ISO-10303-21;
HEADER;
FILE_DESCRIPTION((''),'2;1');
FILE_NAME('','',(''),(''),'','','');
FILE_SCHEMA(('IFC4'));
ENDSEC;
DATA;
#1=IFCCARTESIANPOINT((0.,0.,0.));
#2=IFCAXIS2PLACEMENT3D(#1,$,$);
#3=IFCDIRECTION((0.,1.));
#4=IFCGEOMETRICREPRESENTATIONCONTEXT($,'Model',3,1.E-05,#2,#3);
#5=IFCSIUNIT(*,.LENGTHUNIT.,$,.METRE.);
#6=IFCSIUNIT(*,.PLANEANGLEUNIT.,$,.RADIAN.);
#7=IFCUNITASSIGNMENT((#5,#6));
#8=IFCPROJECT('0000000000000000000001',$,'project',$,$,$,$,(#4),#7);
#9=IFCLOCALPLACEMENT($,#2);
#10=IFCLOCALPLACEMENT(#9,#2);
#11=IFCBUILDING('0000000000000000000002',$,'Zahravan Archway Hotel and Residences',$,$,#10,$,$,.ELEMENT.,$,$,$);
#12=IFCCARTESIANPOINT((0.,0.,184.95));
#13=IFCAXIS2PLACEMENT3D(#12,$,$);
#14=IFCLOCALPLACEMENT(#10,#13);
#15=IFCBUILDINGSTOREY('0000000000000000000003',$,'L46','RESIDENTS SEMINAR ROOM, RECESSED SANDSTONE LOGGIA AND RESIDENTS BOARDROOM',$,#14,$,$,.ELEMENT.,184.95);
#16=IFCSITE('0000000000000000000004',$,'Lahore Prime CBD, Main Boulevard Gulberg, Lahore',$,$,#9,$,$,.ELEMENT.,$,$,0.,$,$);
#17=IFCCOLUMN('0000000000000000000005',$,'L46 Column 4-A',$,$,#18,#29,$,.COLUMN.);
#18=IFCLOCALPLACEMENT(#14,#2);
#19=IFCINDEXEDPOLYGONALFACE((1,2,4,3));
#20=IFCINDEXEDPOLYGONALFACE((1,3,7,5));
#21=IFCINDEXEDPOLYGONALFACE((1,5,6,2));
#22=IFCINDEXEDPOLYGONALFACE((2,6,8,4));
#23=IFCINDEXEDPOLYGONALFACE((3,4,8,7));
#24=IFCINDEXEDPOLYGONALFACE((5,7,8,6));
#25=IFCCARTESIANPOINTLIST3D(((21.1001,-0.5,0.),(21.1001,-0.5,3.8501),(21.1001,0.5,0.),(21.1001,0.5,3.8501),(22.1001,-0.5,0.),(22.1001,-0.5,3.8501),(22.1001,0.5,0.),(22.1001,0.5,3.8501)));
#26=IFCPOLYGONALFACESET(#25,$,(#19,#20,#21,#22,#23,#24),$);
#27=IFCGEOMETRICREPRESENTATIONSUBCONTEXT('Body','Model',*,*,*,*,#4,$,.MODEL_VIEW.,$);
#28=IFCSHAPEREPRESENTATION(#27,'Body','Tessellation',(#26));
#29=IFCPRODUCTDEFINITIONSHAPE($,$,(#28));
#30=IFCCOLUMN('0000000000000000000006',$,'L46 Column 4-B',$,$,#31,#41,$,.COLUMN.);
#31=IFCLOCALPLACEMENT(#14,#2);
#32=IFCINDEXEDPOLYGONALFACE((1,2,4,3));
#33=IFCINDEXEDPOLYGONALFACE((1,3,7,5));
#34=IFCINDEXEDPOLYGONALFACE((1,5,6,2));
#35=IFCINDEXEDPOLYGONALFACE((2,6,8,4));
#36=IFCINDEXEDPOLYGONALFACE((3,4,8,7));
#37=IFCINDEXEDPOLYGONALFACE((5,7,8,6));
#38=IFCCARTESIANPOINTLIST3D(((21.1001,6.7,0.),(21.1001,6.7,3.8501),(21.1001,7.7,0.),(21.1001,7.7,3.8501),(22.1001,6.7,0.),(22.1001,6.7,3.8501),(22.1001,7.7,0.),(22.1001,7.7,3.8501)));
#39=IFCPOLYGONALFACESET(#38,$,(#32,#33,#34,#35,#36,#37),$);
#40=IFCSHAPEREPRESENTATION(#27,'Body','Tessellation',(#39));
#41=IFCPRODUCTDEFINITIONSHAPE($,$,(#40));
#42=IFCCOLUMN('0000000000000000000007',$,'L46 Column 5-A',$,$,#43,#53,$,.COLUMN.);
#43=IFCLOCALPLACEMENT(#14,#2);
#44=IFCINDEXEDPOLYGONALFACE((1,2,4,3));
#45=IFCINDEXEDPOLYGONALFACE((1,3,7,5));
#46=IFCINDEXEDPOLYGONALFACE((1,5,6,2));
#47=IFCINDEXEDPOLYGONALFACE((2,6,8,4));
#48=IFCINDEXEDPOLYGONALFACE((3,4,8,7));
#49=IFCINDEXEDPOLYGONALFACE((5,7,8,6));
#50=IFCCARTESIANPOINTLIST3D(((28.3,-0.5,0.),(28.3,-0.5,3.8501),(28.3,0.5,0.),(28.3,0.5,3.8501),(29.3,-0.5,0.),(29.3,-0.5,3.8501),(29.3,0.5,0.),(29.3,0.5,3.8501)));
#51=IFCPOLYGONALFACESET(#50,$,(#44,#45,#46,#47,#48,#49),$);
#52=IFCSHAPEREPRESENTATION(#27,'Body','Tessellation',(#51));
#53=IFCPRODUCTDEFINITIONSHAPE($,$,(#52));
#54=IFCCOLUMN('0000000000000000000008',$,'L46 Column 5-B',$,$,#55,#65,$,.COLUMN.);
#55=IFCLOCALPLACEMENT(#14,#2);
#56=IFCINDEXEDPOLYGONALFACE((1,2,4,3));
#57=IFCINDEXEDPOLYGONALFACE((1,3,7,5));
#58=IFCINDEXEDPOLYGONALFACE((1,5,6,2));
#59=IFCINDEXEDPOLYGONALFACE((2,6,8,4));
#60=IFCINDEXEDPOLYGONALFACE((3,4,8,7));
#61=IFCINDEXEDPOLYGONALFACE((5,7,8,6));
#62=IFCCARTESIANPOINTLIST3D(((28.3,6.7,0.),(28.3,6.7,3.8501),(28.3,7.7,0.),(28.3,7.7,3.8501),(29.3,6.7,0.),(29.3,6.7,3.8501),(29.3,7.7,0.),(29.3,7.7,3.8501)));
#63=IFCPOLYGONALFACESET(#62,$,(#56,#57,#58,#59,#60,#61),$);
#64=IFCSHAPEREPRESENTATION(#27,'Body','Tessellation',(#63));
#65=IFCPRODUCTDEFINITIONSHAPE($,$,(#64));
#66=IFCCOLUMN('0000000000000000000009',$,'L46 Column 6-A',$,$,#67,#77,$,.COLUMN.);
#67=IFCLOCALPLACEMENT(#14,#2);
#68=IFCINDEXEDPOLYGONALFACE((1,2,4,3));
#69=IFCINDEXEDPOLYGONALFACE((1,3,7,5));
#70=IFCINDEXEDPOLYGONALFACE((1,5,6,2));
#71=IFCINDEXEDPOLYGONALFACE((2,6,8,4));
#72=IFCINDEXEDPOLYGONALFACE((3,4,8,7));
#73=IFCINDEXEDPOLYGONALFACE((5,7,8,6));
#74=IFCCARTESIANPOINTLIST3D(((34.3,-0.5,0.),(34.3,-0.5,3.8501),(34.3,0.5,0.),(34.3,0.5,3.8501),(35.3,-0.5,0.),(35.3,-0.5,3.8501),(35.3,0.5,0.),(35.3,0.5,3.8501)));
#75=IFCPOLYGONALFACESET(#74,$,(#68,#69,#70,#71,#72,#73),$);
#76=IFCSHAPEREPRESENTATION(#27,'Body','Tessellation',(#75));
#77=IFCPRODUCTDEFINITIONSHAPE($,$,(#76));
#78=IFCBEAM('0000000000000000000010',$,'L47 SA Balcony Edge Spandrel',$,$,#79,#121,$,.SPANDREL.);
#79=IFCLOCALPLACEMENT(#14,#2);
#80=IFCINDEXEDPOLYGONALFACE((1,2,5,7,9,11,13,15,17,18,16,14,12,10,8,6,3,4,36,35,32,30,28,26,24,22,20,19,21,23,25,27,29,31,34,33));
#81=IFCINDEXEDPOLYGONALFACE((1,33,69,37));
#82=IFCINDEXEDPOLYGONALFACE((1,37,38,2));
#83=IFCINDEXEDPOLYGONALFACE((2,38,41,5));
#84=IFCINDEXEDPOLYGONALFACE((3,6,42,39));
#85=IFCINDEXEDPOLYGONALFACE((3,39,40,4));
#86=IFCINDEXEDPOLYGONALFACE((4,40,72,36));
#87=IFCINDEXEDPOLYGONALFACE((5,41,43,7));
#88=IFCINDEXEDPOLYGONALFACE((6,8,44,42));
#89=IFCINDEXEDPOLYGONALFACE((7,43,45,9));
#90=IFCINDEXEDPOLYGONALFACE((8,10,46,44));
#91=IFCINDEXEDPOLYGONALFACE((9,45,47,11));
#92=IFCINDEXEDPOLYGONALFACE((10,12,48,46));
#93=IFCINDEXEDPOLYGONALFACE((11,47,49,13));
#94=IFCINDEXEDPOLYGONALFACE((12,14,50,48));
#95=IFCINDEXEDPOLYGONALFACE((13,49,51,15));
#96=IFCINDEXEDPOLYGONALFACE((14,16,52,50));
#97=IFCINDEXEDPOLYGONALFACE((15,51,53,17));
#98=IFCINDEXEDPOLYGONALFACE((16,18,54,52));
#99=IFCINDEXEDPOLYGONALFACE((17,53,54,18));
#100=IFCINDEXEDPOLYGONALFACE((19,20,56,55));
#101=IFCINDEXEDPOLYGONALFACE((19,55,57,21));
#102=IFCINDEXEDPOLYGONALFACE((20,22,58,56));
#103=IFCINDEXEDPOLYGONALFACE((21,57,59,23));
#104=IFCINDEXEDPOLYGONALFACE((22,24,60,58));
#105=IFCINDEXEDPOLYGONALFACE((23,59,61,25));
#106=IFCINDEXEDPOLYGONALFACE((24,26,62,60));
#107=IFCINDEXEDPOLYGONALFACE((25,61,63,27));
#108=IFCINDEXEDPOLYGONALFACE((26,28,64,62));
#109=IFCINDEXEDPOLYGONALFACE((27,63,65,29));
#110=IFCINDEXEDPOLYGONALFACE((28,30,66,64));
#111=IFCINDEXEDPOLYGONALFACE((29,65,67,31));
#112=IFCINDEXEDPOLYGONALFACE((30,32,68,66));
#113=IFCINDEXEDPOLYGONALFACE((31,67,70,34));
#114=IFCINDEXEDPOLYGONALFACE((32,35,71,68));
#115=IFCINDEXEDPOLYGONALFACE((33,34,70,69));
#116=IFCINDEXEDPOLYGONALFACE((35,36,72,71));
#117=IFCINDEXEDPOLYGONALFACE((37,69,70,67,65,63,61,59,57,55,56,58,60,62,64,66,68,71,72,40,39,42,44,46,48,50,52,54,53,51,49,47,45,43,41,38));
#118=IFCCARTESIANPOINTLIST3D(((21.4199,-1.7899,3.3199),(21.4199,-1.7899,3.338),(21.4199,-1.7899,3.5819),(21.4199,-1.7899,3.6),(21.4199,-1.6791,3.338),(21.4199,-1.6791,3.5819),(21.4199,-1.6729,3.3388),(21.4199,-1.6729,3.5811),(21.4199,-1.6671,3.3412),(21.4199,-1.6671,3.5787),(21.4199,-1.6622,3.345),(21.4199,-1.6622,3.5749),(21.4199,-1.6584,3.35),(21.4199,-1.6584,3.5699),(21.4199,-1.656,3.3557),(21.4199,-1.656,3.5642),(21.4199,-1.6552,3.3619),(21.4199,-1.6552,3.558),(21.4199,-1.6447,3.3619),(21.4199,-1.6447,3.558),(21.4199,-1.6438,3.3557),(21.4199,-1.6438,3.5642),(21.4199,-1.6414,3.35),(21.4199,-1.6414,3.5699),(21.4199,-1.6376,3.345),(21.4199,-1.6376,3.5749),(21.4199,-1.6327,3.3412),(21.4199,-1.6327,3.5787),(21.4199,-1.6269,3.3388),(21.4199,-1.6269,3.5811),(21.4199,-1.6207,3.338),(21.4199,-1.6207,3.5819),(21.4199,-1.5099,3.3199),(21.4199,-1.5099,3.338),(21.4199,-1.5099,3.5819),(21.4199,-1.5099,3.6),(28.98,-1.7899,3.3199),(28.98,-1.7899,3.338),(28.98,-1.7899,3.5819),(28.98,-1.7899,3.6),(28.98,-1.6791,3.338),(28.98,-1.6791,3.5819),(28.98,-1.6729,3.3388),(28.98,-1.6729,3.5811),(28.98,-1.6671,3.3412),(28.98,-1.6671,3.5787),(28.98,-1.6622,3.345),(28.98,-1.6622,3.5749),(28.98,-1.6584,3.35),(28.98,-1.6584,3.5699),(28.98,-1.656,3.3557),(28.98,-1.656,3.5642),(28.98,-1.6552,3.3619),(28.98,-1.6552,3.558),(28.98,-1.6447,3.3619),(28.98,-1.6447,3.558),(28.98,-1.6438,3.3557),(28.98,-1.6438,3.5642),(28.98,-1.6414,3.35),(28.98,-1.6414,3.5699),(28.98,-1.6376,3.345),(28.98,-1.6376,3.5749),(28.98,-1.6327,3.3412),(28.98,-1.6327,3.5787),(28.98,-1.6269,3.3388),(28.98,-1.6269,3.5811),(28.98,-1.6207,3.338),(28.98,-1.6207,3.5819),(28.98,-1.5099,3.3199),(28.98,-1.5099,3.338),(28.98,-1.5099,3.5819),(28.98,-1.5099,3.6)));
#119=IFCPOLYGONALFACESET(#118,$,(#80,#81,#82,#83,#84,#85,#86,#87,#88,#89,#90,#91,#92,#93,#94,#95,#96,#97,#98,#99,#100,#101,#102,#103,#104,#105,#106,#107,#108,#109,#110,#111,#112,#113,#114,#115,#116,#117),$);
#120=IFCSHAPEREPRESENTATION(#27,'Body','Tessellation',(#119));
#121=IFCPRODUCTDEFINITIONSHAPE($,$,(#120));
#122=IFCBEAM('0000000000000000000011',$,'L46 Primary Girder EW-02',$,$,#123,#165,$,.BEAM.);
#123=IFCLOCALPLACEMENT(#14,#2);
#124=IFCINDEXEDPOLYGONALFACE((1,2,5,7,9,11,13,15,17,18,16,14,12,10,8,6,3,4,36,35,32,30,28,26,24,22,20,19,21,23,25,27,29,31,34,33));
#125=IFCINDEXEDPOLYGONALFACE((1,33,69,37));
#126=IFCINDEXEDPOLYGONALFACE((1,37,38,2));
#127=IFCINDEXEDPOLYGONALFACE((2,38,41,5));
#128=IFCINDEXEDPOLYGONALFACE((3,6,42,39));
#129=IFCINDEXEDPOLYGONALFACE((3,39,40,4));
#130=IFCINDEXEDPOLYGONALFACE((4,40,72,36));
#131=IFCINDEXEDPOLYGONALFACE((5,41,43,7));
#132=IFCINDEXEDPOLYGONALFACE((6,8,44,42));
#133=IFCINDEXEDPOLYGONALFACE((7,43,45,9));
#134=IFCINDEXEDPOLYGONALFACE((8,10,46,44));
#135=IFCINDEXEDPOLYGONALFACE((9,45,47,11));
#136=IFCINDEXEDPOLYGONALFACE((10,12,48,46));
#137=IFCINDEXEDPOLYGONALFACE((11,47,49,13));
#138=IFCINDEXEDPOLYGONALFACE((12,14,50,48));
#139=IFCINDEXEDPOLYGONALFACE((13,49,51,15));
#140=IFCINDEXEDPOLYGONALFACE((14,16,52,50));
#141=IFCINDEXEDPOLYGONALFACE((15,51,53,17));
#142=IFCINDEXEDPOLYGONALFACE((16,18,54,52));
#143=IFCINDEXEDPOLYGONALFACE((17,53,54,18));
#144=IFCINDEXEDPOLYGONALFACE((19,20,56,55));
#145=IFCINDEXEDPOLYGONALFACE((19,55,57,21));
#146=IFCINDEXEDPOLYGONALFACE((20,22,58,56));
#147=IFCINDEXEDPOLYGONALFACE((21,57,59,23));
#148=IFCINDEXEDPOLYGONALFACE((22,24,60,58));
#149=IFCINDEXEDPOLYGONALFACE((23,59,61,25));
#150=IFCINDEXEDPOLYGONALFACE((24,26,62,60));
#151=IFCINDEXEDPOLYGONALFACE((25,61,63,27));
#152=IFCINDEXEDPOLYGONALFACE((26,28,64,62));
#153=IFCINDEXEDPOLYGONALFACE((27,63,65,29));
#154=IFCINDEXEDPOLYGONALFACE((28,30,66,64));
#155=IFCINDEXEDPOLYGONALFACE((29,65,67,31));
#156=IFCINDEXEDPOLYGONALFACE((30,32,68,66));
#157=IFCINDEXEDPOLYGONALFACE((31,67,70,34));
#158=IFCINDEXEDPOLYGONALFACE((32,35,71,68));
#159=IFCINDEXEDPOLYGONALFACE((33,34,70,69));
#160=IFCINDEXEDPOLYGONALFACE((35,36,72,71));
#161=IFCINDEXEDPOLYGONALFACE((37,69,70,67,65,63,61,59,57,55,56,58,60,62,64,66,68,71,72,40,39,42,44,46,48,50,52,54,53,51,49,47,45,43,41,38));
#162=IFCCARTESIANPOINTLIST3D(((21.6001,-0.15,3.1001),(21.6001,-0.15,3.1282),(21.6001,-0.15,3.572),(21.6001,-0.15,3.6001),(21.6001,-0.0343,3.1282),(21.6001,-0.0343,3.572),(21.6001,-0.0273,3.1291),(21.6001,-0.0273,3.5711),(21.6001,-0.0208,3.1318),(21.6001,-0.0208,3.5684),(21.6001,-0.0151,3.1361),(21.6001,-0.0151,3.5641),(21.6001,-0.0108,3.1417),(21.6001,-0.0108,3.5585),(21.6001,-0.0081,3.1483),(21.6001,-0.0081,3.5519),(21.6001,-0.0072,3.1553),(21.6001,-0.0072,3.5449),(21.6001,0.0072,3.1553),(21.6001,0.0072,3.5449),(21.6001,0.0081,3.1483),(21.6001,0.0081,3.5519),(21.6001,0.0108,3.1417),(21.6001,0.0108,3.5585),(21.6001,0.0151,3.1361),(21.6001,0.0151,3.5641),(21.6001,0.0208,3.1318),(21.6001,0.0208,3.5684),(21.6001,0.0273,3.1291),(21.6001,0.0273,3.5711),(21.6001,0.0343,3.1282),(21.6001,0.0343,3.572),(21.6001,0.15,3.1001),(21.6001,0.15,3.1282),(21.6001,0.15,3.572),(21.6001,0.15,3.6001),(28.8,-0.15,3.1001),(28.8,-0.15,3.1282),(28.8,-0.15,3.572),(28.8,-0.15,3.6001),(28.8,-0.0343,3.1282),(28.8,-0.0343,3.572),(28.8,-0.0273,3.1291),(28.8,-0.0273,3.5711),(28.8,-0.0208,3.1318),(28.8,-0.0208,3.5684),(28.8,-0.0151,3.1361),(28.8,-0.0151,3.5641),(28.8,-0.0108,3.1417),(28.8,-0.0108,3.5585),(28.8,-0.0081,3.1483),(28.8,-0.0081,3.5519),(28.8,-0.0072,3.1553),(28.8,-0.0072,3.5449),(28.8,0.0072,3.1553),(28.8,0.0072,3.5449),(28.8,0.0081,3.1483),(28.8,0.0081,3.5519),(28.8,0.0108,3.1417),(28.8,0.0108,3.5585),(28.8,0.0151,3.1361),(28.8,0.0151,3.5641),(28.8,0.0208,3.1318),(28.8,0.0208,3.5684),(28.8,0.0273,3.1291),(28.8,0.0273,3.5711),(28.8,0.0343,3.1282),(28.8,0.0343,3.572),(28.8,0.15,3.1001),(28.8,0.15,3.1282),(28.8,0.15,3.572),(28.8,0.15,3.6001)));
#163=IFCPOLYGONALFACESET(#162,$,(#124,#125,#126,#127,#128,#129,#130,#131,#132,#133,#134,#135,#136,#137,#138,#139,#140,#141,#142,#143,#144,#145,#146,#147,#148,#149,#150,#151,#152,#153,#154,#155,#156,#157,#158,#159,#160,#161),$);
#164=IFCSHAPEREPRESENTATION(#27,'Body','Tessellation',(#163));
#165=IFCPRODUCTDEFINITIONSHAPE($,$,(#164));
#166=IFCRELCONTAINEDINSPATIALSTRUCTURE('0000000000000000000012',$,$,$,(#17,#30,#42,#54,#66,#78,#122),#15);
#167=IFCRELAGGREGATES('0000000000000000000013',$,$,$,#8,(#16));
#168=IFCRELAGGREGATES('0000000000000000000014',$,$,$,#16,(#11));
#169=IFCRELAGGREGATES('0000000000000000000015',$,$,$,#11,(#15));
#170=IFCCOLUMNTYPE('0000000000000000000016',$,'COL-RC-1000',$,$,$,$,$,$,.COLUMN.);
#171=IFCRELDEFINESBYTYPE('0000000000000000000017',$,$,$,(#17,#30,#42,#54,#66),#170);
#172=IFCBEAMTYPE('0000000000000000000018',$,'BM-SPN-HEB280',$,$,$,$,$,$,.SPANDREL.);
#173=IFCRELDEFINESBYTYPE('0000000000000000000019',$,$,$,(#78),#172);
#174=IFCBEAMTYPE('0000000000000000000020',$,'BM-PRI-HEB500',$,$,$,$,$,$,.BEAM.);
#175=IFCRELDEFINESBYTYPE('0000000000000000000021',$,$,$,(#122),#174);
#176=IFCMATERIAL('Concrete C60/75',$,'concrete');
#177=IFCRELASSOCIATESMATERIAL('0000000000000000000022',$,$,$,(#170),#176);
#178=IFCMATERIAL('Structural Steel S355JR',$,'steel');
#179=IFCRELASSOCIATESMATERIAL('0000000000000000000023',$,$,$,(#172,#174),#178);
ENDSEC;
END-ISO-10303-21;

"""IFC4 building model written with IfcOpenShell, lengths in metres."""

from ifc_helpers import new_model, si_unit, direction, frame, origin, origin_2d, place, context, subcontext, project, spatial, rectangle, i_section, extrude, source, transform, mapped, material, material_profile, profile_set, type_object, type_shapes, element, save


model = new_model("IFC4")

# Units and contexts
model_context = context("Model", 3, precision=1e-05, world=origin(), true_north=direction((0.0, 1.0)))
body_context = subcontext(model_context, "Body", "Model", "MODEL_VIEW")
ifc_project = project(units=[si_unit("LENGTHUNIT", "METRE"), si_unit("PLANEANGLEUNIT", "RADIAN")], contexts=[model_context])

# Site, building, storey
site_placement = place(None, origin())
site = spatial("IfcSite", under=ifc_project, at=site_placement, Name="Lahore Prime CBD, Main Boulevard Gulberg, Lahore", CompositionType="ELEMENT", RefElevation=0.0)
building_placement = place(site_placement, origin())
building = spatial("IfcBuilding", under=site, at=building_placement, Name="Zahravan Archway Hotel and Residences", CompositionType="ELEMENT")
storey_placement = place(building_placement, frame((0.0, 0.0, 184.95)))
storey = spatial("IfcBuildingStorey", under=building, at=storey_placement, Name="L46", Description="RESIDENTS SEMINAR ROOM, RECESSED SANDSTONE LOGGIA AND RESIDENTS BOARDROOM", CompositionType="ELEMENT", Elevation=184.95)

# Columns
ifc_material_1 = material(Name="Concrete C60/75", Category="concrete")
ifc_material_profile_1 = material_profile(ifc_material_1, rectangle(XDim=1.0, YDim=1.0, at=origin_2d()), Name="RC-COL-1000x1000", Category="concrete")
ifc_profile_set_1 = profile_set([ifc_material_profile_1], Name="Concrete C60/75")
column_type = type_object("IfcColumnType", Name="COL-RC-1000", PredefinedType="COLUMN", material=ifc_profile_set_1)
shared_shape_1 = source(origin(), body_context, "Body", "SweptSolid", [
    extrude(rectangle(XDim=1.0, YDim=1.0, at=origin_2d()), origin(), (0.0, 0.0, 1.0), 3.8501),
])
for number, where, z_axis, x_axis, name in (
    (1, (21.6001, 0.0, 0.0), (0.0, 0.0, 1.0), (1.0, 0.0, 0.0), "L46 Column 4-A"),
    (2, (21.6001, 7.2, 0.0), (0.0, 0.0, 1.0), (1.0, 0.0, 0.0), "L46 Column 4-B"),
    (3, (28.8, 0.0, 0.0), (0.0, 0.0, 1.0), (1.0, 0.0, 0.0), "L46 Column 5-A"),
    (4, (28.8, 7.2, 0.0), (0.0, 0.0, 1.0), (1.0, 0.0, 0.0), "L46 Column 5-B"),
    (5, (34.8, 0.0, 0.0), (0.0, 0.0, 1.0), (1.0, 0.0, 0.0), "L46 Column 6-A"),
):
    element("IfcColumn", number, at=place(storey_placement, frame(where, z_axis=z_axis, x_axis=x_axis)), inside=storey, type_object=column_type, Name=name, PredefinedType="COLUMN", context=body_context, shape_type="MappedRepresentation", body=[
        mapped(shared_shape_1, transform((0.0, 0.0, 0.0), scale=1.0)),
    ])

# Beams
ifc_material_2 = material(Name="Structural Steel S355JR", Category="steel")
ifc_material_profile_2 = material_profile(ifc_material_2, i_section(OverallWidth=0.28, OverallDepth=0.28, WebThickness=0.0105, FlangeThickness=0.0181, FilletRadius=0.0239, at=origin_2d()), Name="HEB 280", Category="steel")
ifc_profile_set_2 = profile_set([ifc_material_profile_2], Name="Structural Steel S355JR")
beam_type_1 = type_object("IfcBeamType", Name="BM-SPN-HEB280", PredefinedType="SPANDREL", material=ifc_profile_set_2)
shared_shape_2 = source(origin(), body_context, "Body", "SweptSolid", [
    extrude(i_section(OverallWidth=0.28, OverallDepth=0.28, WebThickness=0.0105, FlangeThickness=0.0181, FilletRadius=0.0239, at=origin_2d()), origin(), (0.0, 0.0, 1.0), 7.5601),
])
type_shapes(beam_type_1, [shared_shape_2])
beam_1_placement = place(storey_placement, frame((21.4199, -1.6499, 3.46), z_axis=(1.0, 0.0, 0.0), x_axis=(0.0, 1.0, 0.0)))
element("IfcBeam", 6, at=beam_1_placement, inside=storey, type_object=beam_type_1, Name="L47 SA Balcony Edge Spandrel", PredefinedType="SPANDREL", context=body_context, shape_type="MappedRepresentation", body=[
    mapped(shared_shape_2, transform((0.0, 0.0, 0.0), scale=1.0)),
])
ifc_material_profile_3 = material_profile(ifc_material_2, i_section(OverallWidth=0.3, OverallDepth=0.5, WebThickness=0.0144, FlangeThickness=0.0281, FilletRadius=0.0271, at=origin_2d()), Name="HEB 500", Category="steel")
ifc_profile_set_3 = profile_set([ifc_material_profile_3], Name="Structural Steel S355JR")
beam_type_2 = type_object("IfcBeamType", Name="BM-PRI-HEB500", PredefinedType="BEAM", material=ifc_profile_set_3)
shared_shape_3 = source(origin(), body_context, "Body", "SweptSolid", [
    extrude(i_section(OverallWidth=0.3, OverallDepth=0.5, WebThickness=0.0144, FlangeThickness=0.0281, FilletRadius=0.0271, at=origin_2d()), origin(), (0.0, 0.0, 1.0), 7.2),
])
for number, where, z_axis, x_axis, name in (
    (7, (21.6001, 0.0, 3.3501), (1.0, 0.0, 0.0), (0.0, 1.0, 0.0), "L46 Primary Girder EW-02"),
):
    element("IfcBeam", number, at=place(storey_placement, frame(where, z_axis=z_axis, x_axis=x_axis)), inside=storey, type_object=beam_type_2, Name=name, PredefinedType="BEAM", context=body_context, shape_type="MappedRepresentation", body=[
        mapped(shared_shape_3, transform((0.0, 0.0, 0.0), scale=1.0)),
    ])

save(model, "model.ifc")
